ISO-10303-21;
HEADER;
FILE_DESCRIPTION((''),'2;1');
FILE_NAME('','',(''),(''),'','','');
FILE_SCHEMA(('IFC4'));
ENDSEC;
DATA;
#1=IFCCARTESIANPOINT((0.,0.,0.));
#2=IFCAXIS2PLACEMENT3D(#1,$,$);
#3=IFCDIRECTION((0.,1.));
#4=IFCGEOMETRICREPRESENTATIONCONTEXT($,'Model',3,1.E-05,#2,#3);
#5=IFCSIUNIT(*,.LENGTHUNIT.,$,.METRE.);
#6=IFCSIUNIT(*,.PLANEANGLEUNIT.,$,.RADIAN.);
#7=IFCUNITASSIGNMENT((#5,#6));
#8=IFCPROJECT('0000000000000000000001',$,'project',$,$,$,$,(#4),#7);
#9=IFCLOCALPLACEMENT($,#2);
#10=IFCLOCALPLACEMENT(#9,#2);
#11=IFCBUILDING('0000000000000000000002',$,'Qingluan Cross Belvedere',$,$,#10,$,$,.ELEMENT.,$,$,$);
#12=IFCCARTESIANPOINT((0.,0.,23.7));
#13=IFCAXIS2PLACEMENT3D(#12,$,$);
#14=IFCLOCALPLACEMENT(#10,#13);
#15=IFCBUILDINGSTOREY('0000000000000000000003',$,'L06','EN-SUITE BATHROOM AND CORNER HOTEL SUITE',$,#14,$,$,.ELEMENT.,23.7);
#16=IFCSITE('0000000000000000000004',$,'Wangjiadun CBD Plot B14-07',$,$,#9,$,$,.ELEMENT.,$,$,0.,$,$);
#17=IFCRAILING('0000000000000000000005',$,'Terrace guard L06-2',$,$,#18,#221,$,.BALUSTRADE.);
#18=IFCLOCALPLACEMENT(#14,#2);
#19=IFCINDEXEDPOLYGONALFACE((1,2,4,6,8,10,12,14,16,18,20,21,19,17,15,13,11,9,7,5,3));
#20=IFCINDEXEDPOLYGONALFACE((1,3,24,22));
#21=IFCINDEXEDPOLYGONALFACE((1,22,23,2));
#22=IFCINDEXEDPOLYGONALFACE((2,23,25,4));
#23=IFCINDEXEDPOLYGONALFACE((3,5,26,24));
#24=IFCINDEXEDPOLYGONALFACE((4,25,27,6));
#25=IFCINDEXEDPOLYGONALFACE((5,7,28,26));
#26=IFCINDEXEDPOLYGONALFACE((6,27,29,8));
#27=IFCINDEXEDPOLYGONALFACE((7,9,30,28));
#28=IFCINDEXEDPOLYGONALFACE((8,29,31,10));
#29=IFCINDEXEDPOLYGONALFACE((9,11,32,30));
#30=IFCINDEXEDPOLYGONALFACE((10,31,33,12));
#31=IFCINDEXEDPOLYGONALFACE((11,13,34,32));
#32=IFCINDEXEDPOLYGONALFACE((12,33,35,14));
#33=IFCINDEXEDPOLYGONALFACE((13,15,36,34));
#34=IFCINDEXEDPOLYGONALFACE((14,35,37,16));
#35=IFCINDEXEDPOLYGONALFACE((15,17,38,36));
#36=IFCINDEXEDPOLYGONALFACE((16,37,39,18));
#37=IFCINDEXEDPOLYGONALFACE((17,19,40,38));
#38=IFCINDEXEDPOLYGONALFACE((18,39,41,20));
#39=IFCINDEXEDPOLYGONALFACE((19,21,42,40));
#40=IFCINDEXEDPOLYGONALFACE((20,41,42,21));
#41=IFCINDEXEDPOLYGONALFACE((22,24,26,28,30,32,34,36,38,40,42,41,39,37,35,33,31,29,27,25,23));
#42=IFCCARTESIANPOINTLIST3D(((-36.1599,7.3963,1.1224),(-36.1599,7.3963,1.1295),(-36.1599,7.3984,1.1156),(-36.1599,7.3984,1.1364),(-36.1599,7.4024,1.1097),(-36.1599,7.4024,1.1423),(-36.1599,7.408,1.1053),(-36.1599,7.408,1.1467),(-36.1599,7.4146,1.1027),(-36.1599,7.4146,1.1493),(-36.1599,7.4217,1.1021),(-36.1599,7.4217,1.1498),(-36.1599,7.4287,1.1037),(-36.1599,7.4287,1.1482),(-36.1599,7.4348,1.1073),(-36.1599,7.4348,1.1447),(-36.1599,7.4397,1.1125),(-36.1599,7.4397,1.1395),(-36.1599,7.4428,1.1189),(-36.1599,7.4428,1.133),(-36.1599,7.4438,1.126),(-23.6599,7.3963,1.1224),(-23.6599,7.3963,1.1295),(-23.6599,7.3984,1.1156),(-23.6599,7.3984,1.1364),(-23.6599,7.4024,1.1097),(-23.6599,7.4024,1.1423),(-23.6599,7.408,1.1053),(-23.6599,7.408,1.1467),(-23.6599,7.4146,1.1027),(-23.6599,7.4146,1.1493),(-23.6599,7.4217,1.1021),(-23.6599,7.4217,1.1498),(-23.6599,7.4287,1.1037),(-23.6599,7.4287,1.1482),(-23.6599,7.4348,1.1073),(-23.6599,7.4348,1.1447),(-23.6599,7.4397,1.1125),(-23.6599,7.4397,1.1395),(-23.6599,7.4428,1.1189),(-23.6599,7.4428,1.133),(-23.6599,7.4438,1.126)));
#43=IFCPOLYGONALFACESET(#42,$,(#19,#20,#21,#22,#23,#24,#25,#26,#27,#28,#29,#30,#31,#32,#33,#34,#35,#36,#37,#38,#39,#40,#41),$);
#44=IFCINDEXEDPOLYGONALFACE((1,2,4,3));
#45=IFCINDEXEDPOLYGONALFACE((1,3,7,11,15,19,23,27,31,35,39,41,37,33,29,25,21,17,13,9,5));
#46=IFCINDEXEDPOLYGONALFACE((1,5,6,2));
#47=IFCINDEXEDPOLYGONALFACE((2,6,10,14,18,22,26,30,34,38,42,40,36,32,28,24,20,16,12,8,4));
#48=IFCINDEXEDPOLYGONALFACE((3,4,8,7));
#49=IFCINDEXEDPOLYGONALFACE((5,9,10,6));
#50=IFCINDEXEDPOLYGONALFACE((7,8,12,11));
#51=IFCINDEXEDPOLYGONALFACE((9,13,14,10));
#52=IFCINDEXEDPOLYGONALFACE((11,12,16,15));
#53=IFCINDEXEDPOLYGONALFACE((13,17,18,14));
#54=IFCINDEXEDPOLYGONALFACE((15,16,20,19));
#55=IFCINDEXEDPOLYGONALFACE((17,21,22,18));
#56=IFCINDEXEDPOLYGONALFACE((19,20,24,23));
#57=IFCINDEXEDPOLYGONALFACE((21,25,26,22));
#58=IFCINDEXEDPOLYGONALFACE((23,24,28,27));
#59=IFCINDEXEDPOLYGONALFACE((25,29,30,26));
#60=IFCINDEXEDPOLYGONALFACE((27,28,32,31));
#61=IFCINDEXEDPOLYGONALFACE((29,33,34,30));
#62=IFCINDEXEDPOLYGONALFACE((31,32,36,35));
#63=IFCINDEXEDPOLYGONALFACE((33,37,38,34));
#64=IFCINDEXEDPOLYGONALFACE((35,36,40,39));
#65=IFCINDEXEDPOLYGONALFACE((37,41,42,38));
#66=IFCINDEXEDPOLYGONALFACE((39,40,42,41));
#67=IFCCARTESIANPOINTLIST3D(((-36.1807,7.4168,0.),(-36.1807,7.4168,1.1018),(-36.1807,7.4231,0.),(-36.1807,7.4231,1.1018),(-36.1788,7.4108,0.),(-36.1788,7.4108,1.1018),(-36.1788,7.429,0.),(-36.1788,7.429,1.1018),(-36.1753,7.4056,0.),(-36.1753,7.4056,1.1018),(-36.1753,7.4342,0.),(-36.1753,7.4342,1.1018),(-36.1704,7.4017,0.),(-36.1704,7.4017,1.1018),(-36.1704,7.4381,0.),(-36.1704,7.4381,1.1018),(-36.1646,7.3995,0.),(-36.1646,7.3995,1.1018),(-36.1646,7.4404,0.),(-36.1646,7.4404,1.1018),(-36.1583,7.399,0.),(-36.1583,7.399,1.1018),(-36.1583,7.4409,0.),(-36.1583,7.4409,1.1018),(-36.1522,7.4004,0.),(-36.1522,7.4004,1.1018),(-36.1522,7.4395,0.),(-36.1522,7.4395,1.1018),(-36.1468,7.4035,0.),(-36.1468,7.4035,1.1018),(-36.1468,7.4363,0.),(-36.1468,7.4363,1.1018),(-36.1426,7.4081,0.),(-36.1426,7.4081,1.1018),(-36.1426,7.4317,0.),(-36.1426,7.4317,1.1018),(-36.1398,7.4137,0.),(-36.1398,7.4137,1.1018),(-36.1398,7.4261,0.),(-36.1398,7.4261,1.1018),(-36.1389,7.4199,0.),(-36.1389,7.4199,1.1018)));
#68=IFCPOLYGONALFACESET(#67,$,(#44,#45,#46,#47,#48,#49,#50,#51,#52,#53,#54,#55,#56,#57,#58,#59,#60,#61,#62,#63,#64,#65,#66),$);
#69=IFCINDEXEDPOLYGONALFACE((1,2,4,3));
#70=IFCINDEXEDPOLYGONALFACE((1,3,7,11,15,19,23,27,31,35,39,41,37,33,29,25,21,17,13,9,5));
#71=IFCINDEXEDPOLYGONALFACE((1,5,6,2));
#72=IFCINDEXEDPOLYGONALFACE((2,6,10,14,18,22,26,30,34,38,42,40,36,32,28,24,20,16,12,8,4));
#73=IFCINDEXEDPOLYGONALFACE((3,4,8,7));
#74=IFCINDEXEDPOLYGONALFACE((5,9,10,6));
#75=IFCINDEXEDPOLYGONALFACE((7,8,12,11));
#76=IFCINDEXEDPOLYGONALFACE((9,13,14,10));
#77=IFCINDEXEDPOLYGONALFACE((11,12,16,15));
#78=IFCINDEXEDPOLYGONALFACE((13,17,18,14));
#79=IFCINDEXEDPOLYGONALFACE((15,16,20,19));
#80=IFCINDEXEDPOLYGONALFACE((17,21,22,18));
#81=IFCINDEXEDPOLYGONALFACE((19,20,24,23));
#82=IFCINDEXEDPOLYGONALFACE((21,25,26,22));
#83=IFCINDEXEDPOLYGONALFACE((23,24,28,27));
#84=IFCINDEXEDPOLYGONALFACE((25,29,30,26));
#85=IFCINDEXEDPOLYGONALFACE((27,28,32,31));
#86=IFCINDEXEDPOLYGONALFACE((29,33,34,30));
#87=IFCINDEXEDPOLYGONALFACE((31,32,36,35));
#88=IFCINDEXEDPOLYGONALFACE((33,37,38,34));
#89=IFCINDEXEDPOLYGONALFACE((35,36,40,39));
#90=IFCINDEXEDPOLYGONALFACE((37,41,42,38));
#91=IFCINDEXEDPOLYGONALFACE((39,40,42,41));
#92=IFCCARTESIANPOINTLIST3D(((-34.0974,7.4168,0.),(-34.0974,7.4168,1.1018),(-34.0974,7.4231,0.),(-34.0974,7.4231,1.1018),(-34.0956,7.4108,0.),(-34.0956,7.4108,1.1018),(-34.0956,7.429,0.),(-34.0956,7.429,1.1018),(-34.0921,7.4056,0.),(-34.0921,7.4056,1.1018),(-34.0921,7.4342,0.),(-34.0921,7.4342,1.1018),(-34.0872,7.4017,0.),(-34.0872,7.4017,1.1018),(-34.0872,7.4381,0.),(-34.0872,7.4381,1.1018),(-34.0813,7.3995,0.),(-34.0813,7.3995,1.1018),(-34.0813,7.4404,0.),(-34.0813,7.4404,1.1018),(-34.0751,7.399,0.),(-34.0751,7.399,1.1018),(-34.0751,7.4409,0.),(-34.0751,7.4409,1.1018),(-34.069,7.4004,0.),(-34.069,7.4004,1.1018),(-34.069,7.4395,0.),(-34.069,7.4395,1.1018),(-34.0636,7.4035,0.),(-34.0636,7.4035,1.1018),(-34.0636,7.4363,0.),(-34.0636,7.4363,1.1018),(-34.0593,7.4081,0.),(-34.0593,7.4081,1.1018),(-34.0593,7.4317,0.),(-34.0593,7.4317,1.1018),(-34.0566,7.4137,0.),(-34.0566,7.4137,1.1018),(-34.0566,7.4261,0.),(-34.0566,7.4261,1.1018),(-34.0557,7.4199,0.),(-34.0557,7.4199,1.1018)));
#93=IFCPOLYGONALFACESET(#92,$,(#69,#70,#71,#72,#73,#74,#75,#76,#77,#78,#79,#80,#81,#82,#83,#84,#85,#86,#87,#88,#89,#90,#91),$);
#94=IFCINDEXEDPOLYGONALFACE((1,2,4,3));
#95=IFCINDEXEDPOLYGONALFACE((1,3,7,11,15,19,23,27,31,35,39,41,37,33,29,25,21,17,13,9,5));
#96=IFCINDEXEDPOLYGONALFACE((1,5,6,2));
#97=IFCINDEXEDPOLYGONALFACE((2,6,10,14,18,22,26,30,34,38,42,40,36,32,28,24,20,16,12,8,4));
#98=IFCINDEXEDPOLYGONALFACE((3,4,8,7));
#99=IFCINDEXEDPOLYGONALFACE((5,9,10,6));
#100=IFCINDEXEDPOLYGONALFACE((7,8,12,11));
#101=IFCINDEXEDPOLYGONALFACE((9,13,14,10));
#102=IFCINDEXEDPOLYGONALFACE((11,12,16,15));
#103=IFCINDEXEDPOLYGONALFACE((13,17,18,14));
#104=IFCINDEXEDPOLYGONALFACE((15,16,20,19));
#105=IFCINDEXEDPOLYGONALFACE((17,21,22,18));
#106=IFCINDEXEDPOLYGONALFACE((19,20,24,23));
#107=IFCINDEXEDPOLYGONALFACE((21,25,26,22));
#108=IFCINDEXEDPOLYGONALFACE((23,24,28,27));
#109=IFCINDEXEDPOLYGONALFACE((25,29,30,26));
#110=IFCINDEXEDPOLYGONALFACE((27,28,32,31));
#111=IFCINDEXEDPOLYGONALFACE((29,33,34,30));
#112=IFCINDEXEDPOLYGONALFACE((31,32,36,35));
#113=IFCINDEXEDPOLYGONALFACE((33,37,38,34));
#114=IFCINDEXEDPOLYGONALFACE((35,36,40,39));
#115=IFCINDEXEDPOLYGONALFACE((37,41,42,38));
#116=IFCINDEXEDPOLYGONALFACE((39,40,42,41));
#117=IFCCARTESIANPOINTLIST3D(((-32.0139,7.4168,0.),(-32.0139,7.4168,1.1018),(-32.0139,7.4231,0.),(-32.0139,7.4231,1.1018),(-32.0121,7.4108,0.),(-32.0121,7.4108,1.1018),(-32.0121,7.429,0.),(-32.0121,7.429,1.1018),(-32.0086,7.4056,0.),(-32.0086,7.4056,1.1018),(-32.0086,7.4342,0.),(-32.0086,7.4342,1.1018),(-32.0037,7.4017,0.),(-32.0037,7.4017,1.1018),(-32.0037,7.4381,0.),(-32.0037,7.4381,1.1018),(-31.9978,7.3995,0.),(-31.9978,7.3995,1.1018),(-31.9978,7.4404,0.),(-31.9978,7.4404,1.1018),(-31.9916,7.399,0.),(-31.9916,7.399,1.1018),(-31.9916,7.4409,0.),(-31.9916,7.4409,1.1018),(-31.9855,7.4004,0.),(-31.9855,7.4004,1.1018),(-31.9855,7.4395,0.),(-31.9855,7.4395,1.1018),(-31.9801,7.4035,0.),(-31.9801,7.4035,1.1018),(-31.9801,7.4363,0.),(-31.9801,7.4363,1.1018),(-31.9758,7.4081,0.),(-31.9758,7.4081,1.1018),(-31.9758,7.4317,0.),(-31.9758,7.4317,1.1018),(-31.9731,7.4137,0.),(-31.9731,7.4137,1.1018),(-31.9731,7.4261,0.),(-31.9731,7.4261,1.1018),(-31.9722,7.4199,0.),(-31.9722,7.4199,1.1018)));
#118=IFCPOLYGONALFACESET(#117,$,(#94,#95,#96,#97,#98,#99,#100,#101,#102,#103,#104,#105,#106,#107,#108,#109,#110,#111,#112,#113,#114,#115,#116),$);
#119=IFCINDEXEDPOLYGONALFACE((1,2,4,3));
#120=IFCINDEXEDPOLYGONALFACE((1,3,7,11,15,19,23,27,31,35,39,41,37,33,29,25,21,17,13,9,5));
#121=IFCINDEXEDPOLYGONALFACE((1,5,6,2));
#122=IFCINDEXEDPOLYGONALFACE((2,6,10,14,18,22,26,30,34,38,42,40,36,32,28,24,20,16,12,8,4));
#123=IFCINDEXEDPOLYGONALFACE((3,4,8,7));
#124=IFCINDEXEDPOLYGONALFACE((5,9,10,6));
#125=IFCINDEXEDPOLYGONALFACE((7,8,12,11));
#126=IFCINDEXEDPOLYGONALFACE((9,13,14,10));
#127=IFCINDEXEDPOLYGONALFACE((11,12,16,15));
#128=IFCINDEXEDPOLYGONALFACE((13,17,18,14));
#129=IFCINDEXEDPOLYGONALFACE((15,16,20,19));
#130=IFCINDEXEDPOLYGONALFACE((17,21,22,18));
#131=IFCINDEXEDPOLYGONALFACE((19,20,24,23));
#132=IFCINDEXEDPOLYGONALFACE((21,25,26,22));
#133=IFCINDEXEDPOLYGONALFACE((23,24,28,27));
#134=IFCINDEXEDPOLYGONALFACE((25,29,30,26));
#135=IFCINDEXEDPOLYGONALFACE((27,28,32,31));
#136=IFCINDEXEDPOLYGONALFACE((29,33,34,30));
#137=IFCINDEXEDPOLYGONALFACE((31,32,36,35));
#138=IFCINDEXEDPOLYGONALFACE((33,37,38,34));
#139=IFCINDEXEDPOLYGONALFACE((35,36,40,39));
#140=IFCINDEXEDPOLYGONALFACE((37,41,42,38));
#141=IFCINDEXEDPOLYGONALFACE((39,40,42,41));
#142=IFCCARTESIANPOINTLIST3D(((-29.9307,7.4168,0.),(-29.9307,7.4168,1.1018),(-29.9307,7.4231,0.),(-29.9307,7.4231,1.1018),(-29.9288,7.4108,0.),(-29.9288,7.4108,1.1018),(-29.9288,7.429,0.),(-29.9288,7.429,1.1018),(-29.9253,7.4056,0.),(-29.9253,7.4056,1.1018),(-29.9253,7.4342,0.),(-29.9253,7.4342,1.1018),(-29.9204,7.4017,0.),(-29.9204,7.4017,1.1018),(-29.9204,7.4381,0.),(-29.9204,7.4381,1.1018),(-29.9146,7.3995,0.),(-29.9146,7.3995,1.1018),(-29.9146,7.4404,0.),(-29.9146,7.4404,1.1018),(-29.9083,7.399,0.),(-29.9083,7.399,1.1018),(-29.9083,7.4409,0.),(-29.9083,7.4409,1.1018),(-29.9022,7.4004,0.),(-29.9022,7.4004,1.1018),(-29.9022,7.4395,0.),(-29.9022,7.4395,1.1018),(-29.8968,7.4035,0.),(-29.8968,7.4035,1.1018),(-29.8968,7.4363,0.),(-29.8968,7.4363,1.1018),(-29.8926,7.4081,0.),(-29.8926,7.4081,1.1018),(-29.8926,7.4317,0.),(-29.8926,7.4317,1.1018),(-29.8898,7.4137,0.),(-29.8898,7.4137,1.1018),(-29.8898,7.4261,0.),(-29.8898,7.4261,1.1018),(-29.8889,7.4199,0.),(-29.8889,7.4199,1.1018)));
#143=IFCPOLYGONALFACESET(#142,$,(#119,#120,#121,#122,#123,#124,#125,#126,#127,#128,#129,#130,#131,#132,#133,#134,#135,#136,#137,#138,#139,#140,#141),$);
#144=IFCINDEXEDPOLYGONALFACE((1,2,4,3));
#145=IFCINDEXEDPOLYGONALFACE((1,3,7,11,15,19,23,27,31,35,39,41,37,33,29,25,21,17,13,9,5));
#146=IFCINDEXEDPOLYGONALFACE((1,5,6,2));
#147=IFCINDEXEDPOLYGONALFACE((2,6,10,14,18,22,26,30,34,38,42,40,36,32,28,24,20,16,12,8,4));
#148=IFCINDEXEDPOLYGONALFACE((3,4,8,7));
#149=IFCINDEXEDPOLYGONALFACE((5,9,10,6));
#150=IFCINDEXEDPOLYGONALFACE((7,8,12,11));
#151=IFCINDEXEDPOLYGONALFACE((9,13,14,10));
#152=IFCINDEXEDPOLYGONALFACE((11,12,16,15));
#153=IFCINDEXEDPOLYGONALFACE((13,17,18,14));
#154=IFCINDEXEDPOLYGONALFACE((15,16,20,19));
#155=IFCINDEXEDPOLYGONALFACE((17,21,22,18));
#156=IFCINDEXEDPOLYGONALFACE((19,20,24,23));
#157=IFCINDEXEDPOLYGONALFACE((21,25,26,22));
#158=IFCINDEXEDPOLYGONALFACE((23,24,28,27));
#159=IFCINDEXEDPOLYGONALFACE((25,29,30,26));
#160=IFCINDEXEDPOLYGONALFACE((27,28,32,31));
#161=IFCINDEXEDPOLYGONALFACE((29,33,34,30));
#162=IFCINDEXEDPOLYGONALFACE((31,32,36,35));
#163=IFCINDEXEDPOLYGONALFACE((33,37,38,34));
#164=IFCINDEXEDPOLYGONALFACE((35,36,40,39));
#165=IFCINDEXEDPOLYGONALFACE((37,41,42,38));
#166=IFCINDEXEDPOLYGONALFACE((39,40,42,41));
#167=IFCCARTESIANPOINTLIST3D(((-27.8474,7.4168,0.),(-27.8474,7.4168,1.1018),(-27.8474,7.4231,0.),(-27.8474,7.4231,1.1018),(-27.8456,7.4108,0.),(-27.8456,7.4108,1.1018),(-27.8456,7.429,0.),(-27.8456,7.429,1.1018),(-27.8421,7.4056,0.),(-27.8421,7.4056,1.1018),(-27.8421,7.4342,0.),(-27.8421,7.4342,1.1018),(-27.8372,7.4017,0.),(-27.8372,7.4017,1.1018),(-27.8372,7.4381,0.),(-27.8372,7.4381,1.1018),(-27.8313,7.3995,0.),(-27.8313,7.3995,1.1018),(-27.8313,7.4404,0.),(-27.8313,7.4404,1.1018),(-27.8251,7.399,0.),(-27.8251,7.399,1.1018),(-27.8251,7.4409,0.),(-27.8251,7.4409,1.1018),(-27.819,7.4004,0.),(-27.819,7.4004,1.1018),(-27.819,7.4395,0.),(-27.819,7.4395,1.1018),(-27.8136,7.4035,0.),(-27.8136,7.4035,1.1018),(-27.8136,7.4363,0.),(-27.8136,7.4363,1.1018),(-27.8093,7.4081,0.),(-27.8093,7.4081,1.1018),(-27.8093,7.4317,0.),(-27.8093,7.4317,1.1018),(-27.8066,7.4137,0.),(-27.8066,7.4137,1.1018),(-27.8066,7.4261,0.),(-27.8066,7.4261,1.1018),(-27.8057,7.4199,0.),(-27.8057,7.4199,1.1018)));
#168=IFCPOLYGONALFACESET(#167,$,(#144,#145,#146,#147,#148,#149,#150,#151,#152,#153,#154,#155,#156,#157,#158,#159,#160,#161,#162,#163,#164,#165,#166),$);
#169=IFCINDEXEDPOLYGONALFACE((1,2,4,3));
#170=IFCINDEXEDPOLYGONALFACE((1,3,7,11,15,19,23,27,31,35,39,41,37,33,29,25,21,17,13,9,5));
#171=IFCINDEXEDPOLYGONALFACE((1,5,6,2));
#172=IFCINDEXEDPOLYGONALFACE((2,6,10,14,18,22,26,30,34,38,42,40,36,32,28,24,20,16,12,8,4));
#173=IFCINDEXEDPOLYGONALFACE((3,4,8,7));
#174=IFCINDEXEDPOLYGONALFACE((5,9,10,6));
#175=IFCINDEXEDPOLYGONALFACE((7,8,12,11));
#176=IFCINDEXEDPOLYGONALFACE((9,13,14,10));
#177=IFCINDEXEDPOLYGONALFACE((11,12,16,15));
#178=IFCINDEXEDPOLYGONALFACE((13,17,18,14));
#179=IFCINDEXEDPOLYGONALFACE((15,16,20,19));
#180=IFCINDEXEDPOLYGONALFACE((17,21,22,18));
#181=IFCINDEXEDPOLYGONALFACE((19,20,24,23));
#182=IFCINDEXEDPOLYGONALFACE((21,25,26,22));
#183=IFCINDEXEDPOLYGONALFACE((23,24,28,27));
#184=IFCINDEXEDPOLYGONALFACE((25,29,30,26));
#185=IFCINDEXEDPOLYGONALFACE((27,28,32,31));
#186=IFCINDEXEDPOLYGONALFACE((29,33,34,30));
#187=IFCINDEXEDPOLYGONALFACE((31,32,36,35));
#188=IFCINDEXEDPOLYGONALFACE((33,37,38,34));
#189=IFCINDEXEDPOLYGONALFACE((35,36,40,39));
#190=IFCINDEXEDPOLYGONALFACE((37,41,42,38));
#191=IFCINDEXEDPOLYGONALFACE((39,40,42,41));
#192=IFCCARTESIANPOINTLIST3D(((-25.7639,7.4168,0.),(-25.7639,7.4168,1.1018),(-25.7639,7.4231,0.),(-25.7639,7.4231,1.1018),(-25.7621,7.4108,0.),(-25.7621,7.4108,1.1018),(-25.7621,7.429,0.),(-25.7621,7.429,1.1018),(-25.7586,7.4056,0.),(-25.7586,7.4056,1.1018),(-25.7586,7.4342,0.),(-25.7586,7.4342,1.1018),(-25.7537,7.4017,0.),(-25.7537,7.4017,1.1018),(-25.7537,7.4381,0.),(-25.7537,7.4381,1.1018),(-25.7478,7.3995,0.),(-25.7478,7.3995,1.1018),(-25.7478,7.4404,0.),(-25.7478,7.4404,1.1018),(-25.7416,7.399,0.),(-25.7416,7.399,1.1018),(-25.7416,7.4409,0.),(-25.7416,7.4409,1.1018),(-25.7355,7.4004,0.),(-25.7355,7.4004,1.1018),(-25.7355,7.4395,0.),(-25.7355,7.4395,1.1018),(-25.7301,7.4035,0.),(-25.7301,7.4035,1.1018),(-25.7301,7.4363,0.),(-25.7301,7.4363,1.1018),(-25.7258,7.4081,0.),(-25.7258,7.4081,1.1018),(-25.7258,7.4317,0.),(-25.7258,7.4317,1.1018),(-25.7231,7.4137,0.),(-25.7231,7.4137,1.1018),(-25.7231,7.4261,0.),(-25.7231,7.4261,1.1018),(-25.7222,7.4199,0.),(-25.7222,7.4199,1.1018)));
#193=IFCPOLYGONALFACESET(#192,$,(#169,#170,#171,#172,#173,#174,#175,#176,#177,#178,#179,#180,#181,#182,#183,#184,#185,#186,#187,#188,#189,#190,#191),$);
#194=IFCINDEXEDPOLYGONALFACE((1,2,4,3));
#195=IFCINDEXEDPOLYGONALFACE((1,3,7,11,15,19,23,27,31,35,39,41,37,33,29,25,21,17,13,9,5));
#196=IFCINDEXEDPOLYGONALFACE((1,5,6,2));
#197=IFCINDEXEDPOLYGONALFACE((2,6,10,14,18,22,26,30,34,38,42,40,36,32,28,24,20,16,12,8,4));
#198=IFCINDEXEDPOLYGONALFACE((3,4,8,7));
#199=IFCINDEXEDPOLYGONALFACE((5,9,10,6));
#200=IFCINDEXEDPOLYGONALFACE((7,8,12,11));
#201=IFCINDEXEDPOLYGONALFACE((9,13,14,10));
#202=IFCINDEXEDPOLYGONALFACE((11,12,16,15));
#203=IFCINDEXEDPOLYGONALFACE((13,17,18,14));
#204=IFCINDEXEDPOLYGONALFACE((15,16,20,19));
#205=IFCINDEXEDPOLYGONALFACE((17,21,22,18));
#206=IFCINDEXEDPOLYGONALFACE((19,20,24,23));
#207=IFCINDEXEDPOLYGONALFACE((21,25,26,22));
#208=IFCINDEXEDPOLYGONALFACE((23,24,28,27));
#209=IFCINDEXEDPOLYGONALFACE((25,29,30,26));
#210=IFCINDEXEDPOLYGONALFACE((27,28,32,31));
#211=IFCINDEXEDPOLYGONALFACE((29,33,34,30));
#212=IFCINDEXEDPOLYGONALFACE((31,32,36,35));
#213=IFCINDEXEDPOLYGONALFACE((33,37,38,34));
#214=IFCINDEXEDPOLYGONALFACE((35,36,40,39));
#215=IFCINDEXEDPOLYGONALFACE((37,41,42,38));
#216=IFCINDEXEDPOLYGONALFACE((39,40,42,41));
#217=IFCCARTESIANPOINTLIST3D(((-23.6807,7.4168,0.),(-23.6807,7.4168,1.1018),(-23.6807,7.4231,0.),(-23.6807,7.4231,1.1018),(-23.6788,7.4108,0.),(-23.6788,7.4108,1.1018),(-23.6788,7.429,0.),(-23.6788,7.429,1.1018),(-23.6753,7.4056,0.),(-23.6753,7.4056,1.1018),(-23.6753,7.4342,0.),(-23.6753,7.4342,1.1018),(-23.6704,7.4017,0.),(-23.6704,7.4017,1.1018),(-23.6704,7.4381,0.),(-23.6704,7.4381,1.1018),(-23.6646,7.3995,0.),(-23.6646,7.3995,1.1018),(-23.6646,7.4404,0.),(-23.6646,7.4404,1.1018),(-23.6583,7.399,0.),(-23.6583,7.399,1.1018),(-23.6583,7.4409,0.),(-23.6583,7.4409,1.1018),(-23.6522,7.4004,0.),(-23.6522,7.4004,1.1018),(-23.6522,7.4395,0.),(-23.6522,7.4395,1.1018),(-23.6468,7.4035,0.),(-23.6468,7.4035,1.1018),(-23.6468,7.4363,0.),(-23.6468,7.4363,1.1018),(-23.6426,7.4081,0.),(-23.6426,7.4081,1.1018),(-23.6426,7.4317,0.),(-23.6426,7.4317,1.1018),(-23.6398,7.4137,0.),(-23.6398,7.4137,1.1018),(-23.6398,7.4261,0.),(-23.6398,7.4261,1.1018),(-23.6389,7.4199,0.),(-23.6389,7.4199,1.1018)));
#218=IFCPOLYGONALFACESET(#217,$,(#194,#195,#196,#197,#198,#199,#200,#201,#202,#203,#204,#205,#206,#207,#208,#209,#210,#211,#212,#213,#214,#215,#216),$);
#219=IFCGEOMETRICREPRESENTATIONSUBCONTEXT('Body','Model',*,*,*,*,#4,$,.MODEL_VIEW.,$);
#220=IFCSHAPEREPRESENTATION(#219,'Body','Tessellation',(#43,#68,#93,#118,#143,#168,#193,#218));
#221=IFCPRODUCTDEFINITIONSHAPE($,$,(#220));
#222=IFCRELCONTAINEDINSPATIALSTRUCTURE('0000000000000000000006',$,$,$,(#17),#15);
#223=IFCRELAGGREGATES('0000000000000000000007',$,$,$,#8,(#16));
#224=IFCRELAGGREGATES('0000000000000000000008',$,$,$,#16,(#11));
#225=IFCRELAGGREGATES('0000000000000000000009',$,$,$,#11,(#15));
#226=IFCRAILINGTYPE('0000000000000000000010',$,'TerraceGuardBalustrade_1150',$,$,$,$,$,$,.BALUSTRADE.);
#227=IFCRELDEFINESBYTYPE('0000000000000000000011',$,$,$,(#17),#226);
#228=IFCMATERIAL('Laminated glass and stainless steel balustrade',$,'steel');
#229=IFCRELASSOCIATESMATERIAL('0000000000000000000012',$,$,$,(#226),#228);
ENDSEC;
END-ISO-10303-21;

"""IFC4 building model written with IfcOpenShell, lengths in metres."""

from ifc_helpers import new_model, si_unit, direction, frame, origin, origin_2d, place, context, subcontext, project, spatial, circle, extrude, material, type_object, element, save


model = new_model("IFC4")

# Units and contexts
model_context = context("Model", 3, precision=1e-05, world=origin(), true_north=direction((0.0, 1.0)))
body_context = subcontext(model_context, "Body", "Model", "MODEL_VIEW")
ifc_project = project(units=[si_unit("LENGTHUNIT", "METRE"), si_unit("PLANEANGLEUNIT", "RADIAN")], contexts=[model_context])

# Site, building, storey
site_placement = place(None, origin())
site = spatial("IfcSite", under=ifc_project, at=site_placement, Name="Wangjiadun CBD Plot B14-07", CompositionType="ELEMENT", RefElevation=0.0)
building_placement = place(site_placement, origin())
building = spatial("IfcBuilding", under=site, at=building_placement, Name="Qingluan Cross Belvedere", CompositionType="ELEMENT")
storey_placement = place(building_placement, frame((0.0, 0.0, 23.7)))
storey = spatial("IfcBuildingStorey", under=building, at=storey_placement, Name="L06", Description="EN-SUITE BATHROOM AND CORNER HOTEL SUITE", CompositionType="ELEMENT", Elevation=23.7)

# Railing
ifc_material_1 = material(Name="Laminated glass and stainless steel balustrade", Category="steel")
railing_type = type_object("IfcRailingType", Name="TerraceGuardBalustrade_1150", PredefinedType="BALUSTRADE", material=ifc_material_1)
railing_1_placement = place(storey_placement, frame((-36.1599, 7.4199, 0.0)))
element("IfcRailing", 1, at=railing_1_placement, inside=storey, type_object=railing_type, Name="Terrace guard L06-2", PredefinedType="BALUSTRADE", context=body_context, shape_type="SweptSolid", body=[
    extrude(circle(Radius=0.0239, at=origin_2d()), frame((0.0, 0.0, 1.126), z_axis=(1.0, 0.0, 0.0), x_axis=(0.0, 1.0, 0.0)), (0.0, 0.0, 1.0), 12.5),
    extrude(circle(Radius=0.021, at=origin_2d()), origin(), (0.0, 0.0, 1.0), 1.1018),
    extrude(circle(Radius=0.021, at=origin_2d()), frame((2.0833, 0.0, 0.0)), (0.0, 0.0, 1.0), 1.1018),
    extrude(circle(Radius=0.021, at=origin_2d()), frame((4.1667, 0.0, 0.0)), (0.0, 0.0, 1.0), 1.1018),
    extrude(circle(Radius=0.021, at=origin_2d()), frame((6.25, 0.0, 0.0)), (0.0, 0.0, 1.0), 1.1018),
    extrude(circle(Radius=0.021, at=origin_2d()), frame((8.3333, 0.0, 0.0)), (0.0, 0.0, 1.0), 1.1018),
    extrude(circle(Radius=0.021, at=origin_2d()), frame((10.4167, 0.0, 0.0)), (0.0, 0.0, 1.0), 1.1018),
    extrude(circle(Radius=0.021, at=origin_2d()), frame((12.5, 0.0, 0.0)), (0.0, 0.0, 1.0), 1.1018),
])

save(model, "model.ifc")
